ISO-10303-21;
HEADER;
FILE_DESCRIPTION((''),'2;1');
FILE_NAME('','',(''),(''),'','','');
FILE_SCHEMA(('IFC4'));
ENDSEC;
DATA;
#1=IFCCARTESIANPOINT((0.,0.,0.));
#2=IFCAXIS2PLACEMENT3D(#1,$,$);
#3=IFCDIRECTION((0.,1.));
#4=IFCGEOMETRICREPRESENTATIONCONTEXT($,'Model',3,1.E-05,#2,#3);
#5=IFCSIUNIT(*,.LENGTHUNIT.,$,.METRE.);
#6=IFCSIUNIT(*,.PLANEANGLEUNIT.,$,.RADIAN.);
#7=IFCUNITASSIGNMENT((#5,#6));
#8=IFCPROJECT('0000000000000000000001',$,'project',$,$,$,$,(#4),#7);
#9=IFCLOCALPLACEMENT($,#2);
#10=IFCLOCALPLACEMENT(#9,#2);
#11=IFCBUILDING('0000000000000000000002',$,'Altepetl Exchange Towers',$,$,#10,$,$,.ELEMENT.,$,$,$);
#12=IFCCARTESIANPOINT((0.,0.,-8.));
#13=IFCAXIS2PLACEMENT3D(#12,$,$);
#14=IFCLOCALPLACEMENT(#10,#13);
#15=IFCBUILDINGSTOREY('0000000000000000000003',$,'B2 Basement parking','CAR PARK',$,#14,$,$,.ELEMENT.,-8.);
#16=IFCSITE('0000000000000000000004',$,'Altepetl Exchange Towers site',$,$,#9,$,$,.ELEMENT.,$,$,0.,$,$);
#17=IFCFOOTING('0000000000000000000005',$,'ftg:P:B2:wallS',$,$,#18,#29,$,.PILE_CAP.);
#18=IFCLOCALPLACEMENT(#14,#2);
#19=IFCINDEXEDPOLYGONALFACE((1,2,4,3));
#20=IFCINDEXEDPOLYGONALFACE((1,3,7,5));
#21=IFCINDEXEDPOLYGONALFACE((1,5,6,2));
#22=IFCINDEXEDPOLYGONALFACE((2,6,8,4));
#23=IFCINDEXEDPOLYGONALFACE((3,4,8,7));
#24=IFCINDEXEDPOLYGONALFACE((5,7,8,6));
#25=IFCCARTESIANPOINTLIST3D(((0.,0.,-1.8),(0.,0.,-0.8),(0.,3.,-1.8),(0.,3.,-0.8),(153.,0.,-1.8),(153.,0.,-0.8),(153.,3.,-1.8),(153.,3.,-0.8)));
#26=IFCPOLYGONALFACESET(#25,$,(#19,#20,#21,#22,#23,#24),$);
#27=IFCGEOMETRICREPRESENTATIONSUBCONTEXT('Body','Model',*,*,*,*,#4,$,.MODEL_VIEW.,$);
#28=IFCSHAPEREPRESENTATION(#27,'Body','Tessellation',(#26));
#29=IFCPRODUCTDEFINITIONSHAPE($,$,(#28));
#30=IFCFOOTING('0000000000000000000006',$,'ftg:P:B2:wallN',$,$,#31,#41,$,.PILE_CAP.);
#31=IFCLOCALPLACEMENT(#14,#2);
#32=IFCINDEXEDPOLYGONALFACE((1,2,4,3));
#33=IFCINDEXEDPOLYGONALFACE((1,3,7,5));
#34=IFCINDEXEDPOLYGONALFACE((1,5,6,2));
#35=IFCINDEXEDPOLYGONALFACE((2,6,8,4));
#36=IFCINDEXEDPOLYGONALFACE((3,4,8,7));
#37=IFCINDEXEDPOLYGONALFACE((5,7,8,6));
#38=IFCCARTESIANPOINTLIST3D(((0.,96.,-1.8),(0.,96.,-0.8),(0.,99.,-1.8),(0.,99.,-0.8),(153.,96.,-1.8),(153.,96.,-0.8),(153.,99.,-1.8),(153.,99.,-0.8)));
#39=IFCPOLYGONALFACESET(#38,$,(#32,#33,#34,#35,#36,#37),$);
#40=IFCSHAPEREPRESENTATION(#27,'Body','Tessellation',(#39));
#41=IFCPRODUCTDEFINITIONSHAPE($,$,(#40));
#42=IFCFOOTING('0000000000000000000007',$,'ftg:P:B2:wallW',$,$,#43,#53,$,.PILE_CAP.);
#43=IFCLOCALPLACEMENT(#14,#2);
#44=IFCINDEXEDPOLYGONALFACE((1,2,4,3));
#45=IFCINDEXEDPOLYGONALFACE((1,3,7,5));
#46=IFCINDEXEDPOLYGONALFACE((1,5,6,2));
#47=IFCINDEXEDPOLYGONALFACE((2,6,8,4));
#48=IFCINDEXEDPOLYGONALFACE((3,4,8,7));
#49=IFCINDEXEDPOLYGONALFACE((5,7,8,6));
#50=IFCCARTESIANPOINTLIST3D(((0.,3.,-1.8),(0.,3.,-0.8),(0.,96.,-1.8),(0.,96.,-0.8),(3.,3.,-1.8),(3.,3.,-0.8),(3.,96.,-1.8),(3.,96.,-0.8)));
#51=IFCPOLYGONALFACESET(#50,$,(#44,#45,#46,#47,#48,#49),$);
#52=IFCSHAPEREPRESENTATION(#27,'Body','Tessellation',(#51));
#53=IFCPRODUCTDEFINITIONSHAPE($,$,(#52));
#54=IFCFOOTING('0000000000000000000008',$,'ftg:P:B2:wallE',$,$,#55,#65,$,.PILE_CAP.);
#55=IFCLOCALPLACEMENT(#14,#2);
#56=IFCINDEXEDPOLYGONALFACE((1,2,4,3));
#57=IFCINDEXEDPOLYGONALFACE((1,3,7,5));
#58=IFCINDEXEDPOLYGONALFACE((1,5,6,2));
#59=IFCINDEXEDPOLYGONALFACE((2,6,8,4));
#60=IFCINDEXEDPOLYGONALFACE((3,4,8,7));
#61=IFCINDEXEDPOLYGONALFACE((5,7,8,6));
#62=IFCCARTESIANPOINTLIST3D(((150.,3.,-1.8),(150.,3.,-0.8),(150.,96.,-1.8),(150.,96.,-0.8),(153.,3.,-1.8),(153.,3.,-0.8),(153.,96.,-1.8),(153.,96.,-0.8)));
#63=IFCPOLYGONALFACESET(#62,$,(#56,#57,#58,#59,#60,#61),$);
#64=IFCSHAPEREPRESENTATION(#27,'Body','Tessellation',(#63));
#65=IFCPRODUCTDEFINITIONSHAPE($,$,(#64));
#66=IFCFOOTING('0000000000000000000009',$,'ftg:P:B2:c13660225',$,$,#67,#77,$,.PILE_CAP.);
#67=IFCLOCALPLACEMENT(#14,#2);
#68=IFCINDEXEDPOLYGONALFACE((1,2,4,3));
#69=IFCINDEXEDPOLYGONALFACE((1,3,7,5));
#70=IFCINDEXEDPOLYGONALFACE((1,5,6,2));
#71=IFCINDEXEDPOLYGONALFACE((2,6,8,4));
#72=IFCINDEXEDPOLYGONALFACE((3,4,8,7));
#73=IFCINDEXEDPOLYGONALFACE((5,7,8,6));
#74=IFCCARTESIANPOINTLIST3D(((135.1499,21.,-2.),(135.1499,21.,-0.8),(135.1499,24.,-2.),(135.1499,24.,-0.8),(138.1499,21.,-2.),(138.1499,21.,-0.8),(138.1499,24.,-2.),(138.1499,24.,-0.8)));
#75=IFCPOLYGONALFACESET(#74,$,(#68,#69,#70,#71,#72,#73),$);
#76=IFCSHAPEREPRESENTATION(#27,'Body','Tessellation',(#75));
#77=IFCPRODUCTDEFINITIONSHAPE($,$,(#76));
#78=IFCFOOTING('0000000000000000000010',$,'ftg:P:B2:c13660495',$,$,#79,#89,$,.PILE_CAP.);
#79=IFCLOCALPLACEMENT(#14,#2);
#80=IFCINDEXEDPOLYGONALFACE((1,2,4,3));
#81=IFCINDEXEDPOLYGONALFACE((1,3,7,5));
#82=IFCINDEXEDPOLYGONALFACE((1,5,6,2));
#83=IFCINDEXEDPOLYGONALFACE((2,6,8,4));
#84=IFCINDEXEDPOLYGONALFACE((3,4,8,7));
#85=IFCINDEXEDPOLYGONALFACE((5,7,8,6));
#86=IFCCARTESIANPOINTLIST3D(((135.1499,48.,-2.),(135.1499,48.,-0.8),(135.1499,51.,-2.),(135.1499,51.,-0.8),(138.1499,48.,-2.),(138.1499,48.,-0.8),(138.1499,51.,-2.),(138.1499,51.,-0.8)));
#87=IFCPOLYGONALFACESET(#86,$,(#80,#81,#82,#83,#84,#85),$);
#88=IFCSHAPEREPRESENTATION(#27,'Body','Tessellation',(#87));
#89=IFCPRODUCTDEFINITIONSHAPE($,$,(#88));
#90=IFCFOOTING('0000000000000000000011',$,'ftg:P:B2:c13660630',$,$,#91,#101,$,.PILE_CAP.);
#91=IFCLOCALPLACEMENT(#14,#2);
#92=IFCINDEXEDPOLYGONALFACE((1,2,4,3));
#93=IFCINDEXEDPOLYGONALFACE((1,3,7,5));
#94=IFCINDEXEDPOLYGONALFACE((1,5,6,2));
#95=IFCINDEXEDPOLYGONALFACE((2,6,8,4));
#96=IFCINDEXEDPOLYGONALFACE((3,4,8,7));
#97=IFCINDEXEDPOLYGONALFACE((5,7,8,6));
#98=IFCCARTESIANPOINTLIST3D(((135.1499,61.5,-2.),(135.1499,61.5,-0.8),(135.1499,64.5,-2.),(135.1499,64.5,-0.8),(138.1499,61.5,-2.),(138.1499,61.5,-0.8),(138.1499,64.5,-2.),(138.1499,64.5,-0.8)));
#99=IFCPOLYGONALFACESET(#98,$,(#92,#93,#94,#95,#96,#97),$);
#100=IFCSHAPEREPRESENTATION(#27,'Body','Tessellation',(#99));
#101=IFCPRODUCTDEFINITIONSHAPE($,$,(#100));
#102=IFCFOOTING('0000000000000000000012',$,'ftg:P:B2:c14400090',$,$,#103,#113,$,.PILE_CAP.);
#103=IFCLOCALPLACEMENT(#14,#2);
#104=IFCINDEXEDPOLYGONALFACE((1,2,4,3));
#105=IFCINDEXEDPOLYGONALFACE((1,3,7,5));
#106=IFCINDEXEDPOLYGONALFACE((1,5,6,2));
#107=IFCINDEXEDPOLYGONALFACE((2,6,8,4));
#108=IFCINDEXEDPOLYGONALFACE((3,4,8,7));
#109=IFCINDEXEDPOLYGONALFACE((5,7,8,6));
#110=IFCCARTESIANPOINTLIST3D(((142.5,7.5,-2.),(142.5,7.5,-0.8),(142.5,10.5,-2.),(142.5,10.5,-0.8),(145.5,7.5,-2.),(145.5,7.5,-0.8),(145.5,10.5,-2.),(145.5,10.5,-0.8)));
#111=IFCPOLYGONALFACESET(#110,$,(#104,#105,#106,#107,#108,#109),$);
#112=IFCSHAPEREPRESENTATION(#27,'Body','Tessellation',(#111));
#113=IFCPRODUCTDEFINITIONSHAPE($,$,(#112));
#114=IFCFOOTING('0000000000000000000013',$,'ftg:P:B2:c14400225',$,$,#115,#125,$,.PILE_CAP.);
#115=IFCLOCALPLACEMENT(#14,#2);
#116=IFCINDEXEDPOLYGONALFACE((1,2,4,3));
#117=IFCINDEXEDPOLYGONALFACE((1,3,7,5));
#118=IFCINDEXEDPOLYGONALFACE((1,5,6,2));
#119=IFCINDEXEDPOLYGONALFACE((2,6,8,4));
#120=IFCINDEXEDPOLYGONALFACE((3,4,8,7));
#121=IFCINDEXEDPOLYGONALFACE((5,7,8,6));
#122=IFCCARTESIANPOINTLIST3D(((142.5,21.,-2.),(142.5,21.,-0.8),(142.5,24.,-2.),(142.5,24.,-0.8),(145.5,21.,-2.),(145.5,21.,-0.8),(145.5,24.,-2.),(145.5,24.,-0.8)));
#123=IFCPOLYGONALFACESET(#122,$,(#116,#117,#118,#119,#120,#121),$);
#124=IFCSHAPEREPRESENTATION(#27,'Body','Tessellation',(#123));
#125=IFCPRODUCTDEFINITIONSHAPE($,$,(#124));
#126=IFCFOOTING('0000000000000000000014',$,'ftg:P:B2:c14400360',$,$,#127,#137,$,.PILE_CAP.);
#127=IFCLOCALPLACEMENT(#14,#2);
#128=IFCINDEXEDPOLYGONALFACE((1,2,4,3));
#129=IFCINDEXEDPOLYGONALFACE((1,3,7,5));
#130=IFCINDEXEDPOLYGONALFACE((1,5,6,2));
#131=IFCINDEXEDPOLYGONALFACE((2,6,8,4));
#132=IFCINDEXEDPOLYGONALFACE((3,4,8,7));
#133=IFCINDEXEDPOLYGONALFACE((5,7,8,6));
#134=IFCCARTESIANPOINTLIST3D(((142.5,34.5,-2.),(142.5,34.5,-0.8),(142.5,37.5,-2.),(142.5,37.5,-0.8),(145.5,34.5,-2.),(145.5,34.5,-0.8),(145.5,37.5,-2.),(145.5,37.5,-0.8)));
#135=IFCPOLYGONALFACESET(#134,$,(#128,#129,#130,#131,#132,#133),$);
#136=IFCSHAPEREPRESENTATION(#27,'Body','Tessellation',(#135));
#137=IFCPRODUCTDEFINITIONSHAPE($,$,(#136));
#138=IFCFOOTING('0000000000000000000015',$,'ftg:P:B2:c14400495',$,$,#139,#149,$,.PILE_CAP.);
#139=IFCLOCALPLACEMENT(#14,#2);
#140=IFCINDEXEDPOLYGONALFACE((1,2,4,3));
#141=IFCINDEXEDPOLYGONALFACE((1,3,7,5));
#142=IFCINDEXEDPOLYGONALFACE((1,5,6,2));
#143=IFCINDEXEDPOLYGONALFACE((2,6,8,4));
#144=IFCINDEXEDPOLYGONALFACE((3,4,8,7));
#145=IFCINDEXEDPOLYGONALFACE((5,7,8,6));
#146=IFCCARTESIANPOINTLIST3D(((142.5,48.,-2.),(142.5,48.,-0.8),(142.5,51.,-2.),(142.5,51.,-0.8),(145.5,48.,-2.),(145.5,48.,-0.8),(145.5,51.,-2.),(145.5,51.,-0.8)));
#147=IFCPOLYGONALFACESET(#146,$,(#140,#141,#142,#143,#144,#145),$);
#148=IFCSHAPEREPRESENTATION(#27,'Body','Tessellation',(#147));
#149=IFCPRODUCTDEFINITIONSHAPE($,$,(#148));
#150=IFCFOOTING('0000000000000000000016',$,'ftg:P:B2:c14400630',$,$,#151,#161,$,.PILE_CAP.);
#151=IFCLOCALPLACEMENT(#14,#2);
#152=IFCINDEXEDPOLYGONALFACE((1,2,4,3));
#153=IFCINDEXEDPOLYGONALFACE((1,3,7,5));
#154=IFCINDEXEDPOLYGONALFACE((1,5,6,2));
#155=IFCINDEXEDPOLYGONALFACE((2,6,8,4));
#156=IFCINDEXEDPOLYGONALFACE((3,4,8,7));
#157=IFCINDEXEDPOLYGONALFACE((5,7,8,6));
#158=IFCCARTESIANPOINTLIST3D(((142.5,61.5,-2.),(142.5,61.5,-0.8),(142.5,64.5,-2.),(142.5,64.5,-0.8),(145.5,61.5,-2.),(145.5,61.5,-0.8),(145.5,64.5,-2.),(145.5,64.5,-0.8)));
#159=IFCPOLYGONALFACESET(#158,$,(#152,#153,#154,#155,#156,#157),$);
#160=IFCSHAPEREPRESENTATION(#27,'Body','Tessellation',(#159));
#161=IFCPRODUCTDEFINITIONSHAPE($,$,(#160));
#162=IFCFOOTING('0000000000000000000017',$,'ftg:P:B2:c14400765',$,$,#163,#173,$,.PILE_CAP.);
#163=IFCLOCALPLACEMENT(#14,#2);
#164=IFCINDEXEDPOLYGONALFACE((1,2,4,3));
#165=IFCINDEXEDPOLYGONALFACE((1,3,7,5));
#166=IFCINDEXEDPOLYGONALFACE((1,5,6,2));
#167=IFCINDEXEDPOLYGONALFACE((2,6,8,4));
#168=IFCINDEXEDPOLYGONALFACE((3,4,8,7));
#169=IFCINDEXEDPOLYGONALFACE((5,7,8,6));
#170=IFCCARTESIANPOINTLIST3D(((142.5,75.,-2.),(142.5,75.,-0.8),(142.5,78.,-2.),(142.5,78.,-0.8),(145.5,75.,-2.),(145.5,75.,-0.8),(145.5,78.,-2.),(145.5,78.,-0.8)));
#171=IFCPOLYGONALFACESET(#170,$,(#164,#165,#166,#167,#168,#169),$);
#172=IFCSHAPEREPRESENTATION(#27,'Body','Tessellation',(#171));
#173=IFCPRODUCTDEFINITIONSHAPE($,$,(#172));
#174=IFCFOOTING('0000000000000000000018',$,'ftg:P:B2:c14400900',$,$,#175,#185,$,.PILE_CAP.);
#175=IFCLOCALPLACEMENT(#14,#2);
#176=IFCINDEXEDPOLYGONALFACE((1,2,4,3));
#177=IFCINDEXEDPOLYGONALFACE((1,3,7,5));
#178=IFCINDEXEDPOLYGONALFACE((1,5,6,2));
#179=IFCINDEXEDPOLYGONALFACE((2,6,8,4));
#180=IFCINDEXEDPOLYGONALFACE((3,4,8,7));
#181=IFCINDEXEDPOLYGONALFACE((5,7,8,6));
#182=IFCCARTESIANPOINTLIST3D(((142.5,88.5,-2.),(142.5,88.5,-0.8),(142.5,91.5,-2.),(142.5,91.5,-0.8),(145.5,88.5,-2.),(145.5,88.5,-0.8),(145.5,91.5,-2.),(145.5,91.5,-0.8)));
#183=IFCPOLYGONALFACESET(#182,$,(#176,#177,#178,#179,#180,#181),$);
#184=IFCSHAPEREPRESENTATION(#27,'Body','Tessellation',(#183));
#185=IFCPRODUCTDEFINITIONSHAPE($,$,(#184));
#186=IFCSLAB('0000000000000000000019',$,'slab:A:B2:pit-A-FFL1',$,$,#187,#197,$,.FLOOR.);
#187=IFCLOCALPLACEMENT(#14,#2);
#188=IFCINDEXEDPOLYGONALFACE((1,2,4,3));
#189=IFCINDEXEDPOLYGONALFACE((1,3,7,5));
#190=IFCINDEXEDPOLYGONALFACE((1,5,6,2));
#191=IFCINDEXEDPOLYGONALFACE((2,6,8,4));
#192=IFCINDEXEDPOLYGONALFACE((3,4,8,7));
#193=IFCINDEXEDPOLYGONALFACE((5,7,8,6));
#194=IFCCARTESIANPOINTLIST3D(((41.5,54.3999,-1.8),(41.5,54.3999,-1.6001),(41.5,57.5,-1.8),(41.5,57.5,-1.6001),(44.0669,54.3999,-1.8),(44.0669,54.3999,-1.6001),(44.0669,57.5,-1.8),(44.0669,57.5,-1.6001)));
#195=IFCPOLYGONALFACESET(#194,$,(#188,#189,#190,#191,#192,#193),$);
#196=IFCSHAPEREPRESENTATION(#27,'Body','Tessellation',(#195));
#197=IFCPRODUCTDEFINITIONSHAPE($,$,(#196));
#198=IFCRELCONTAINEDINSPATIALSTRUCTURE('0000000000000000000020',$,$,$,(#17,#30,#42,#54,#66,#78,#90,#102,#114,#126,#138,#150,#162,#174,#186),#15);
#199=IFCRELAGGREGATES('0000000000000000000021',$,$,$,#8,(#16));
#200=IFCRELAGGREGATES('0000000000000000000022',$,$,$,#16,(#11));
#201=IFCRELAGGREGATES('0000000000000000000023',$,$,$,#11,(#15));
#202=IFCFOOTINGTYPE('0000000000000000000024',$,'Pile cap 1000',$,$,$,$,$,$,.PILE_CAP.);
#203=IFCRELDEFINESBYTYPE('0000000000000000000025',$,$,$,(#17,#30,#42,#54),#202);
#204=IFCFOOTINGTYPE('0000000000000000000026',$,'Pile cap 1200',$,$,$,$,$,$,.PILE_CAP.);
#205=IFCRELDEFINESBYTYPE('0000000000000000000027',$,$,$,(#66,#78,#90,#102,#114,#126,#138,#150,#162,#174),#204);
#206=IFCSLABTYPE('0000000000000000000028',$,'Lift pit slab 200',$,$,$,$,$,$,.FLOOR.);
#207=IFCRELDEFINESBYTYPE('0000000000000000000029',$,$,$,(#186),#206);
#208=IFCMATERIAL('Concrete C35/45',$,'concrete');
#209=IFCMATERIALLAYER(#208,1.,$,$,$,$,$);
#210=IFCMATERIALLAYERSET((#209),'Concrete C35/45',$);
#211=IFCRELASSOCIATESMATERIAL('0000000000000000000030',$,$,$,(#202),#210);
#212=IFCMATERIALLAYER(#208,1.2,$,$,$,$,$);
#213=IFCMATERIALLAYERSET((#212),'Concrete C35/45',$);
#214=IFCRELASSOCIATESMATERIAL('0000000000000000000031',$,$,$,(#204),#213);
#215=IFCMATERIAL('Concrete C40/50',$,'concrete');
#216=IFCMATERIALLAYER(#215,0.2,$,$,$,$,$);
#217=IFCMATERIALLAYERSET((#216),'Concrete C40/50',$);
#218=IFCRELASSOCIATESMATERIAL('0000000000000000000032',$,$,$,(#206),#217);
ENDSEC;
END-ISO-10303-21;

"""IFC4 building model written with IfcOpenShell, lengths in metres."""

from ifc_helpers import new_model, si_unit, direction, frame, origin, place, context, subcontext, project, spatial, polyline, outline, extrude, material, layer, layer_set, type_object, element, save


model = new_model("IFC4")

# Units and contexts
model_context = context("Model", 3, precision=1e-05, world=origin(), true_north=direction((0.0, 1.0)))
body_context = subcontext(model_context, "Body", "Model", "MODEL_VIEW")
ifc_project = project(units=[si_unit("LENGTHUNIT", "METRE"), si_unit("PLANEANGLEUNIT", "RADIAN")], contexts=[model_context])

# Site, building, storey
site_placement = place(None, origin())
site = spatial("IfcSite", under=ifc_project, at=site_placement, Name="Altepetl Exchange Towers site", CompositionType="ELEMENT", RefElevation=0.0)
building_placement = place(site_placement, origin())
building = spatial("IfcBuilding", under=site, at=building_placement, Name="Altepetl Exchange Towers", CompositionType="ELEMENT")
storey_placement = place(building_placement, frame((0.0, 0.0, -8.0)))
storey = spatial("IfcBuildingStorey", under=building, at=storey_placement, Name="B2 Basement parking", Description="CAR PARK", CompositionType="ELEMENT", Elevation=-8.0)

# Footings
ifc_material_1 = material(Name="Concrete C35/45", Category="concrete")
ifc_layer_1 = layer(ifc_material_1, 1.0)
ifc_layer_set_1 = layer_set([ifc_layer_1], Name="Concrete C35/45")
footing_type_1 = type_object("IfcFootingType", Name="Pile cap 1000", PredefinedType="PILE_CAP", material=ifc_layer_set_1)
footing_1_placement = place(storey_placement, frame((0.0, 0.0, -1.8)))
element("IfcFooting", 1, at=footing_1_placement, inside=storey, type_object=footing_type_1, Name="ftg:P:B2:wallS", PredefinedType="PILE_CAP", context=body_context, shape_type="SweptSolid", body=[
    extrude(outline(polyline([(153.0, 0.0), (153.0, 3.0), (0.0, 3.0), (0.0, 0.0), (153.0, 0.0)])), origin(), (0.0, 0.0, 1.0), 1.0),
])
footing_2_placement = place(storey_placement, frame((0.0, 0.0, -1.8)))
element("IfcFooting", 2, at=footing_2_placement, inside=storey, type_object=footing_type_1, Name="ftg:P:B2:wallN", PredefinedType="PILE_CAP", context=body_context, shape_type="SweptSolid", body=[
    extrude(outline(polyline([(153.0, 96.0), (153.0, 99.0), (0.0, 99.0), (0.0, 96.0), (153.0, 96.0)])), origin(), (0.0, 0.0, 1.0), 1.0),
])
footing_3_placement = place(storey_placement, frame((0.0, 0.0, -1.8)))
element("IfcFooting", 3, at=footing_3_placement, inside=storey, type_object=footing_type_1, Name="ftg:P:B2:wallW", PredefinedType="PILE_CAP", context=body_context, shape_type="SweptSolid", body=[
    extrude(outline(polyline([(3.0, 3.0), (3.0, 96.0), (0.0, 96.0), (0.0, 3.0), (3.0, 3.0)])), origin(), (0.0, 0.0, 1.0), 1.0),
])
footing_4_placement = place(storey_placement, frame((0.0, 0.0, -1.8)))
element("IfcFooting", 4, at=footing_4_placement, inside=storey, type_object=footing_type_1, Name="ftg:P:B2:wallE", PredefinedType="PILE_CAP", context=body_context, shape_type="SweptSolid", body=[
    extrude(outline(polyline([(153.0, 3.0), (153.0, 96.0), (150.0, 96.0), (150.0, 3.0), (153.0, 3.0)])), origin(), (0.0, 0.0, 1.0), 1.0),
])
ifc_layer_2 = layer(ifc_material_1, 1.2)
ifc_layer_set_2 = layer_set([ifc_layer_2], Name="Concrete C35/45")
footing_type_2 = type_object("IfcFootingType", Name="Pile cap 1200", PredefinedType="PILE_CAP", material=ifc_layer_set_2)
footing_5_placement = place(storey_placement, frame((0.0, 0.0, -2.0)))
element("IfcFooting", 5, at=footing_5_placement, inside=storey, type_object=footing_type_2, Name="ftg:P:B2:c13660225", PredefinedType="PILE_CAP", context=body_context, shape_type="SweptSolid", body=[
    extrude(outline(polyline([(138.1499, 21.0), (138.1499, 24.0), (135.1499, 24.0), (135.1499, 21.0), (138.1499, 21.0)])), origin(), (0.0, 0.0, 1.0), 1.2),
])
footing_6_placement = place(storey_placement, frame((0.0, 0.0, -2.0)))
element("IfcFooting", 6, at=footing_6_placement, inside=storey, type_object=footing_type_2, Name="ftg:P:B2:c13660495", PredefinedType="PILE_CAP", context=body_context, shape_type="SweptSolid", body=[
    extrude(outline(polyline([(138.1499, 48.0), (138.1499, 51.0), (135.1499, 51.0), (135.1499, 48.0), (138.1499, 48.0)])), origin(), (0.0, 0.0, 1.0), 1.2),
])
footing_7_placement = place(storey_placement, frame((0.0, 0.0, -2.0)))
element("IfcFooting", 7, at=footing_7_placement, inside=storey, type_object=footing_type_2, Name="ftg:P:B2:c13660630", PredefinedType="PILE_CAP", context=body_context, shape_type="SweptSolid", body=[
    extrude(outline(polyline([(138.1499, 61.5), (138.1499, 64.5), (135.1499, 64.5), (135.1499, 61.5), (138.1499, 61.5)])), origin(), (0.0, 0.0, 1.0), 1.2),
])
footing_8_placement = place(storey_placement, frame((0.0, 0.0, -2.0)))
element("IfcFooting", 8, at=footing_8_placement, inside=storey, type_object=footing_type_2, Name="ftg:P:B2:c14400090", PredefinedType="PILE_CAP", context=body_context, shape_type="SweptSolid", body=[
    extrude(outline(polyline([(145.5, 7.5), (145.5, 10.5), (142.5, 10.5), (142.5, 7.5), (145.5, 7.5)])), origin(), (0.0, 0.0, 1.0), 1.2),
])
footing_9_placement = place(storey_placement, frame((0.0, 0.0, -2.0)))
element("IfcFooting", 9, at=footing_9_placement, inside=storey, type_object=footing_type_2, Name="ftg:P:B2:c14400225", PredefinedType="PILE_CAP", context=body_context, shape_type="SweptSolid", body=[
    extrude(outline(polyline([(145.5, 21.0), (145.5, 24.0), (142.5, 24.0), (142.5, 21.0), (145.5, 21.0)])), origin(), (0.0, 0.0, 1.0), 1.2),
])
footing_10_placement = place(storey_placement, frame((0.0, 0.0, -2.0)))
element("IfcFooting", 10, at=footing_10_placement, inside=storey, type_object=footing_type_2, Name="ftg:P:B2:c14400360", PredefinedType="PILE_CAP", context=body_context, shape_type="SweptSolid", body=[
    extrude(outline(polyline([(145.5, 34.5), (145.5, 37.5), (142.5, 37.5), (142.5, 34.5), (145.5, 34.5)])), origin(), (0.0, 0.0, 1.0), 1.2),
])
footing_11_placement = place(storey_placement, frame((0.0, 0.0, -2.0)))
element("IfcFooting", 11, at=footing_11_placement, inside=storey, type_object=footing_type_2, Name="ftg:P:B2:c14400495", PredefinedType="PILE_CAP", context=body_context, shape_type="SweptSolid", body=[
    extrude(outline(polyline([(145.5, 48.0), (145.5, 51.0), (142.5, 51.0), (142.5, 48.0), (145.5, 48.0)])), origin(), (0.0, 0.0, 1.0), 1.2),
])
footing_12_placement = place(storey_placement, frame((0.0, 0.0, -2.0)))
element("IfcFooting", 12, at=footing_12_placement, inside=storey, type_object=footing_type_2, Name="ftg:P:B2:c14400630", PredefinedType="PILE_CAP", context=body_context, shape_type="SweptSolid", body=[
    extrude(outline(polyline([(145.5, 61.5), (145.5, 64.5), (142.5, 64.5), (142.5, 61.5), (145.5, 61.5)])), origin(), (0.0, 0.0, 1.0), 1.2),
])
footing_13_placement = place(storey_placement, frame((0.0, 0.0, -2.0)))
element("IfcFooting", 13, at=footing_13_placement, inside=storey, type_object=footing_type_2, Name="ftg:P:B2:c14400765", PredefinedType="PILE_CAP", context=body_context, shape_type="SweptSolid", body=[
    extrude(outline(polyline([(145.5, 75.0), (145.5, 78.0), (142.5, 78.0), (142.5, 75.0), (145.5, 75.0)])), origin(), (0.0, 0.0, 1.0), 1.2),
])
footing_14_placement = place(storey_placement, frame((0.0, 0.0, -2.0)))
element("IfcFooting", 14, at=footing_14_placement, inside=storey, type_object=footing_type_2, Name="ftg:P:B2:c14400900", PredefinedType="PILE_CAP", context=body_context, shape_type="SweptSolid", body=[
    extrude(outline(polyline([(145.5, 88.5), (145.5, 91.5), (142.5, 91.5), (142.5, 88.5), (145.5, 88.5)])), origin(), (0.0, 0.0, 1.0), 1.2),
])

# Slab
ifc_material_2 = material(Name="Concrete C40/50", Category="concrete")
ifc_layer_3 = layer(ifc_material_2, 0.2)
ifc_layer_set_3 = layer_set([ifc_layer_3], Name="Concrete C40/50")
slab_type_1 = type_object("IfcSlabType", Name="Lift pit slab 200", PredefinedType="FLOOR", material=ifc_layer_set_3)
slab_1_placement = place(storey_placement, frame((0.0, 0.0, -1.8)))
element("IfcSlab", 15, at=slab_1_placement, inside=storey, type_object=slab_type_1, Name="slab:A:B2:pit-A-FFL1", PredefinedType="FLOOR", context=body_context, shape_type="SweptSolid", body=[
    extrude(outline(polyline([(44.0669, 54.3999), (44.0669, 57.5), (41.5, 57.5), (41.5, 54.3999), (44.0669, 54.3999)])), origin(), (0.0, 0.0, 1.0), 0.2),
])

save(model, "model.ifc")
